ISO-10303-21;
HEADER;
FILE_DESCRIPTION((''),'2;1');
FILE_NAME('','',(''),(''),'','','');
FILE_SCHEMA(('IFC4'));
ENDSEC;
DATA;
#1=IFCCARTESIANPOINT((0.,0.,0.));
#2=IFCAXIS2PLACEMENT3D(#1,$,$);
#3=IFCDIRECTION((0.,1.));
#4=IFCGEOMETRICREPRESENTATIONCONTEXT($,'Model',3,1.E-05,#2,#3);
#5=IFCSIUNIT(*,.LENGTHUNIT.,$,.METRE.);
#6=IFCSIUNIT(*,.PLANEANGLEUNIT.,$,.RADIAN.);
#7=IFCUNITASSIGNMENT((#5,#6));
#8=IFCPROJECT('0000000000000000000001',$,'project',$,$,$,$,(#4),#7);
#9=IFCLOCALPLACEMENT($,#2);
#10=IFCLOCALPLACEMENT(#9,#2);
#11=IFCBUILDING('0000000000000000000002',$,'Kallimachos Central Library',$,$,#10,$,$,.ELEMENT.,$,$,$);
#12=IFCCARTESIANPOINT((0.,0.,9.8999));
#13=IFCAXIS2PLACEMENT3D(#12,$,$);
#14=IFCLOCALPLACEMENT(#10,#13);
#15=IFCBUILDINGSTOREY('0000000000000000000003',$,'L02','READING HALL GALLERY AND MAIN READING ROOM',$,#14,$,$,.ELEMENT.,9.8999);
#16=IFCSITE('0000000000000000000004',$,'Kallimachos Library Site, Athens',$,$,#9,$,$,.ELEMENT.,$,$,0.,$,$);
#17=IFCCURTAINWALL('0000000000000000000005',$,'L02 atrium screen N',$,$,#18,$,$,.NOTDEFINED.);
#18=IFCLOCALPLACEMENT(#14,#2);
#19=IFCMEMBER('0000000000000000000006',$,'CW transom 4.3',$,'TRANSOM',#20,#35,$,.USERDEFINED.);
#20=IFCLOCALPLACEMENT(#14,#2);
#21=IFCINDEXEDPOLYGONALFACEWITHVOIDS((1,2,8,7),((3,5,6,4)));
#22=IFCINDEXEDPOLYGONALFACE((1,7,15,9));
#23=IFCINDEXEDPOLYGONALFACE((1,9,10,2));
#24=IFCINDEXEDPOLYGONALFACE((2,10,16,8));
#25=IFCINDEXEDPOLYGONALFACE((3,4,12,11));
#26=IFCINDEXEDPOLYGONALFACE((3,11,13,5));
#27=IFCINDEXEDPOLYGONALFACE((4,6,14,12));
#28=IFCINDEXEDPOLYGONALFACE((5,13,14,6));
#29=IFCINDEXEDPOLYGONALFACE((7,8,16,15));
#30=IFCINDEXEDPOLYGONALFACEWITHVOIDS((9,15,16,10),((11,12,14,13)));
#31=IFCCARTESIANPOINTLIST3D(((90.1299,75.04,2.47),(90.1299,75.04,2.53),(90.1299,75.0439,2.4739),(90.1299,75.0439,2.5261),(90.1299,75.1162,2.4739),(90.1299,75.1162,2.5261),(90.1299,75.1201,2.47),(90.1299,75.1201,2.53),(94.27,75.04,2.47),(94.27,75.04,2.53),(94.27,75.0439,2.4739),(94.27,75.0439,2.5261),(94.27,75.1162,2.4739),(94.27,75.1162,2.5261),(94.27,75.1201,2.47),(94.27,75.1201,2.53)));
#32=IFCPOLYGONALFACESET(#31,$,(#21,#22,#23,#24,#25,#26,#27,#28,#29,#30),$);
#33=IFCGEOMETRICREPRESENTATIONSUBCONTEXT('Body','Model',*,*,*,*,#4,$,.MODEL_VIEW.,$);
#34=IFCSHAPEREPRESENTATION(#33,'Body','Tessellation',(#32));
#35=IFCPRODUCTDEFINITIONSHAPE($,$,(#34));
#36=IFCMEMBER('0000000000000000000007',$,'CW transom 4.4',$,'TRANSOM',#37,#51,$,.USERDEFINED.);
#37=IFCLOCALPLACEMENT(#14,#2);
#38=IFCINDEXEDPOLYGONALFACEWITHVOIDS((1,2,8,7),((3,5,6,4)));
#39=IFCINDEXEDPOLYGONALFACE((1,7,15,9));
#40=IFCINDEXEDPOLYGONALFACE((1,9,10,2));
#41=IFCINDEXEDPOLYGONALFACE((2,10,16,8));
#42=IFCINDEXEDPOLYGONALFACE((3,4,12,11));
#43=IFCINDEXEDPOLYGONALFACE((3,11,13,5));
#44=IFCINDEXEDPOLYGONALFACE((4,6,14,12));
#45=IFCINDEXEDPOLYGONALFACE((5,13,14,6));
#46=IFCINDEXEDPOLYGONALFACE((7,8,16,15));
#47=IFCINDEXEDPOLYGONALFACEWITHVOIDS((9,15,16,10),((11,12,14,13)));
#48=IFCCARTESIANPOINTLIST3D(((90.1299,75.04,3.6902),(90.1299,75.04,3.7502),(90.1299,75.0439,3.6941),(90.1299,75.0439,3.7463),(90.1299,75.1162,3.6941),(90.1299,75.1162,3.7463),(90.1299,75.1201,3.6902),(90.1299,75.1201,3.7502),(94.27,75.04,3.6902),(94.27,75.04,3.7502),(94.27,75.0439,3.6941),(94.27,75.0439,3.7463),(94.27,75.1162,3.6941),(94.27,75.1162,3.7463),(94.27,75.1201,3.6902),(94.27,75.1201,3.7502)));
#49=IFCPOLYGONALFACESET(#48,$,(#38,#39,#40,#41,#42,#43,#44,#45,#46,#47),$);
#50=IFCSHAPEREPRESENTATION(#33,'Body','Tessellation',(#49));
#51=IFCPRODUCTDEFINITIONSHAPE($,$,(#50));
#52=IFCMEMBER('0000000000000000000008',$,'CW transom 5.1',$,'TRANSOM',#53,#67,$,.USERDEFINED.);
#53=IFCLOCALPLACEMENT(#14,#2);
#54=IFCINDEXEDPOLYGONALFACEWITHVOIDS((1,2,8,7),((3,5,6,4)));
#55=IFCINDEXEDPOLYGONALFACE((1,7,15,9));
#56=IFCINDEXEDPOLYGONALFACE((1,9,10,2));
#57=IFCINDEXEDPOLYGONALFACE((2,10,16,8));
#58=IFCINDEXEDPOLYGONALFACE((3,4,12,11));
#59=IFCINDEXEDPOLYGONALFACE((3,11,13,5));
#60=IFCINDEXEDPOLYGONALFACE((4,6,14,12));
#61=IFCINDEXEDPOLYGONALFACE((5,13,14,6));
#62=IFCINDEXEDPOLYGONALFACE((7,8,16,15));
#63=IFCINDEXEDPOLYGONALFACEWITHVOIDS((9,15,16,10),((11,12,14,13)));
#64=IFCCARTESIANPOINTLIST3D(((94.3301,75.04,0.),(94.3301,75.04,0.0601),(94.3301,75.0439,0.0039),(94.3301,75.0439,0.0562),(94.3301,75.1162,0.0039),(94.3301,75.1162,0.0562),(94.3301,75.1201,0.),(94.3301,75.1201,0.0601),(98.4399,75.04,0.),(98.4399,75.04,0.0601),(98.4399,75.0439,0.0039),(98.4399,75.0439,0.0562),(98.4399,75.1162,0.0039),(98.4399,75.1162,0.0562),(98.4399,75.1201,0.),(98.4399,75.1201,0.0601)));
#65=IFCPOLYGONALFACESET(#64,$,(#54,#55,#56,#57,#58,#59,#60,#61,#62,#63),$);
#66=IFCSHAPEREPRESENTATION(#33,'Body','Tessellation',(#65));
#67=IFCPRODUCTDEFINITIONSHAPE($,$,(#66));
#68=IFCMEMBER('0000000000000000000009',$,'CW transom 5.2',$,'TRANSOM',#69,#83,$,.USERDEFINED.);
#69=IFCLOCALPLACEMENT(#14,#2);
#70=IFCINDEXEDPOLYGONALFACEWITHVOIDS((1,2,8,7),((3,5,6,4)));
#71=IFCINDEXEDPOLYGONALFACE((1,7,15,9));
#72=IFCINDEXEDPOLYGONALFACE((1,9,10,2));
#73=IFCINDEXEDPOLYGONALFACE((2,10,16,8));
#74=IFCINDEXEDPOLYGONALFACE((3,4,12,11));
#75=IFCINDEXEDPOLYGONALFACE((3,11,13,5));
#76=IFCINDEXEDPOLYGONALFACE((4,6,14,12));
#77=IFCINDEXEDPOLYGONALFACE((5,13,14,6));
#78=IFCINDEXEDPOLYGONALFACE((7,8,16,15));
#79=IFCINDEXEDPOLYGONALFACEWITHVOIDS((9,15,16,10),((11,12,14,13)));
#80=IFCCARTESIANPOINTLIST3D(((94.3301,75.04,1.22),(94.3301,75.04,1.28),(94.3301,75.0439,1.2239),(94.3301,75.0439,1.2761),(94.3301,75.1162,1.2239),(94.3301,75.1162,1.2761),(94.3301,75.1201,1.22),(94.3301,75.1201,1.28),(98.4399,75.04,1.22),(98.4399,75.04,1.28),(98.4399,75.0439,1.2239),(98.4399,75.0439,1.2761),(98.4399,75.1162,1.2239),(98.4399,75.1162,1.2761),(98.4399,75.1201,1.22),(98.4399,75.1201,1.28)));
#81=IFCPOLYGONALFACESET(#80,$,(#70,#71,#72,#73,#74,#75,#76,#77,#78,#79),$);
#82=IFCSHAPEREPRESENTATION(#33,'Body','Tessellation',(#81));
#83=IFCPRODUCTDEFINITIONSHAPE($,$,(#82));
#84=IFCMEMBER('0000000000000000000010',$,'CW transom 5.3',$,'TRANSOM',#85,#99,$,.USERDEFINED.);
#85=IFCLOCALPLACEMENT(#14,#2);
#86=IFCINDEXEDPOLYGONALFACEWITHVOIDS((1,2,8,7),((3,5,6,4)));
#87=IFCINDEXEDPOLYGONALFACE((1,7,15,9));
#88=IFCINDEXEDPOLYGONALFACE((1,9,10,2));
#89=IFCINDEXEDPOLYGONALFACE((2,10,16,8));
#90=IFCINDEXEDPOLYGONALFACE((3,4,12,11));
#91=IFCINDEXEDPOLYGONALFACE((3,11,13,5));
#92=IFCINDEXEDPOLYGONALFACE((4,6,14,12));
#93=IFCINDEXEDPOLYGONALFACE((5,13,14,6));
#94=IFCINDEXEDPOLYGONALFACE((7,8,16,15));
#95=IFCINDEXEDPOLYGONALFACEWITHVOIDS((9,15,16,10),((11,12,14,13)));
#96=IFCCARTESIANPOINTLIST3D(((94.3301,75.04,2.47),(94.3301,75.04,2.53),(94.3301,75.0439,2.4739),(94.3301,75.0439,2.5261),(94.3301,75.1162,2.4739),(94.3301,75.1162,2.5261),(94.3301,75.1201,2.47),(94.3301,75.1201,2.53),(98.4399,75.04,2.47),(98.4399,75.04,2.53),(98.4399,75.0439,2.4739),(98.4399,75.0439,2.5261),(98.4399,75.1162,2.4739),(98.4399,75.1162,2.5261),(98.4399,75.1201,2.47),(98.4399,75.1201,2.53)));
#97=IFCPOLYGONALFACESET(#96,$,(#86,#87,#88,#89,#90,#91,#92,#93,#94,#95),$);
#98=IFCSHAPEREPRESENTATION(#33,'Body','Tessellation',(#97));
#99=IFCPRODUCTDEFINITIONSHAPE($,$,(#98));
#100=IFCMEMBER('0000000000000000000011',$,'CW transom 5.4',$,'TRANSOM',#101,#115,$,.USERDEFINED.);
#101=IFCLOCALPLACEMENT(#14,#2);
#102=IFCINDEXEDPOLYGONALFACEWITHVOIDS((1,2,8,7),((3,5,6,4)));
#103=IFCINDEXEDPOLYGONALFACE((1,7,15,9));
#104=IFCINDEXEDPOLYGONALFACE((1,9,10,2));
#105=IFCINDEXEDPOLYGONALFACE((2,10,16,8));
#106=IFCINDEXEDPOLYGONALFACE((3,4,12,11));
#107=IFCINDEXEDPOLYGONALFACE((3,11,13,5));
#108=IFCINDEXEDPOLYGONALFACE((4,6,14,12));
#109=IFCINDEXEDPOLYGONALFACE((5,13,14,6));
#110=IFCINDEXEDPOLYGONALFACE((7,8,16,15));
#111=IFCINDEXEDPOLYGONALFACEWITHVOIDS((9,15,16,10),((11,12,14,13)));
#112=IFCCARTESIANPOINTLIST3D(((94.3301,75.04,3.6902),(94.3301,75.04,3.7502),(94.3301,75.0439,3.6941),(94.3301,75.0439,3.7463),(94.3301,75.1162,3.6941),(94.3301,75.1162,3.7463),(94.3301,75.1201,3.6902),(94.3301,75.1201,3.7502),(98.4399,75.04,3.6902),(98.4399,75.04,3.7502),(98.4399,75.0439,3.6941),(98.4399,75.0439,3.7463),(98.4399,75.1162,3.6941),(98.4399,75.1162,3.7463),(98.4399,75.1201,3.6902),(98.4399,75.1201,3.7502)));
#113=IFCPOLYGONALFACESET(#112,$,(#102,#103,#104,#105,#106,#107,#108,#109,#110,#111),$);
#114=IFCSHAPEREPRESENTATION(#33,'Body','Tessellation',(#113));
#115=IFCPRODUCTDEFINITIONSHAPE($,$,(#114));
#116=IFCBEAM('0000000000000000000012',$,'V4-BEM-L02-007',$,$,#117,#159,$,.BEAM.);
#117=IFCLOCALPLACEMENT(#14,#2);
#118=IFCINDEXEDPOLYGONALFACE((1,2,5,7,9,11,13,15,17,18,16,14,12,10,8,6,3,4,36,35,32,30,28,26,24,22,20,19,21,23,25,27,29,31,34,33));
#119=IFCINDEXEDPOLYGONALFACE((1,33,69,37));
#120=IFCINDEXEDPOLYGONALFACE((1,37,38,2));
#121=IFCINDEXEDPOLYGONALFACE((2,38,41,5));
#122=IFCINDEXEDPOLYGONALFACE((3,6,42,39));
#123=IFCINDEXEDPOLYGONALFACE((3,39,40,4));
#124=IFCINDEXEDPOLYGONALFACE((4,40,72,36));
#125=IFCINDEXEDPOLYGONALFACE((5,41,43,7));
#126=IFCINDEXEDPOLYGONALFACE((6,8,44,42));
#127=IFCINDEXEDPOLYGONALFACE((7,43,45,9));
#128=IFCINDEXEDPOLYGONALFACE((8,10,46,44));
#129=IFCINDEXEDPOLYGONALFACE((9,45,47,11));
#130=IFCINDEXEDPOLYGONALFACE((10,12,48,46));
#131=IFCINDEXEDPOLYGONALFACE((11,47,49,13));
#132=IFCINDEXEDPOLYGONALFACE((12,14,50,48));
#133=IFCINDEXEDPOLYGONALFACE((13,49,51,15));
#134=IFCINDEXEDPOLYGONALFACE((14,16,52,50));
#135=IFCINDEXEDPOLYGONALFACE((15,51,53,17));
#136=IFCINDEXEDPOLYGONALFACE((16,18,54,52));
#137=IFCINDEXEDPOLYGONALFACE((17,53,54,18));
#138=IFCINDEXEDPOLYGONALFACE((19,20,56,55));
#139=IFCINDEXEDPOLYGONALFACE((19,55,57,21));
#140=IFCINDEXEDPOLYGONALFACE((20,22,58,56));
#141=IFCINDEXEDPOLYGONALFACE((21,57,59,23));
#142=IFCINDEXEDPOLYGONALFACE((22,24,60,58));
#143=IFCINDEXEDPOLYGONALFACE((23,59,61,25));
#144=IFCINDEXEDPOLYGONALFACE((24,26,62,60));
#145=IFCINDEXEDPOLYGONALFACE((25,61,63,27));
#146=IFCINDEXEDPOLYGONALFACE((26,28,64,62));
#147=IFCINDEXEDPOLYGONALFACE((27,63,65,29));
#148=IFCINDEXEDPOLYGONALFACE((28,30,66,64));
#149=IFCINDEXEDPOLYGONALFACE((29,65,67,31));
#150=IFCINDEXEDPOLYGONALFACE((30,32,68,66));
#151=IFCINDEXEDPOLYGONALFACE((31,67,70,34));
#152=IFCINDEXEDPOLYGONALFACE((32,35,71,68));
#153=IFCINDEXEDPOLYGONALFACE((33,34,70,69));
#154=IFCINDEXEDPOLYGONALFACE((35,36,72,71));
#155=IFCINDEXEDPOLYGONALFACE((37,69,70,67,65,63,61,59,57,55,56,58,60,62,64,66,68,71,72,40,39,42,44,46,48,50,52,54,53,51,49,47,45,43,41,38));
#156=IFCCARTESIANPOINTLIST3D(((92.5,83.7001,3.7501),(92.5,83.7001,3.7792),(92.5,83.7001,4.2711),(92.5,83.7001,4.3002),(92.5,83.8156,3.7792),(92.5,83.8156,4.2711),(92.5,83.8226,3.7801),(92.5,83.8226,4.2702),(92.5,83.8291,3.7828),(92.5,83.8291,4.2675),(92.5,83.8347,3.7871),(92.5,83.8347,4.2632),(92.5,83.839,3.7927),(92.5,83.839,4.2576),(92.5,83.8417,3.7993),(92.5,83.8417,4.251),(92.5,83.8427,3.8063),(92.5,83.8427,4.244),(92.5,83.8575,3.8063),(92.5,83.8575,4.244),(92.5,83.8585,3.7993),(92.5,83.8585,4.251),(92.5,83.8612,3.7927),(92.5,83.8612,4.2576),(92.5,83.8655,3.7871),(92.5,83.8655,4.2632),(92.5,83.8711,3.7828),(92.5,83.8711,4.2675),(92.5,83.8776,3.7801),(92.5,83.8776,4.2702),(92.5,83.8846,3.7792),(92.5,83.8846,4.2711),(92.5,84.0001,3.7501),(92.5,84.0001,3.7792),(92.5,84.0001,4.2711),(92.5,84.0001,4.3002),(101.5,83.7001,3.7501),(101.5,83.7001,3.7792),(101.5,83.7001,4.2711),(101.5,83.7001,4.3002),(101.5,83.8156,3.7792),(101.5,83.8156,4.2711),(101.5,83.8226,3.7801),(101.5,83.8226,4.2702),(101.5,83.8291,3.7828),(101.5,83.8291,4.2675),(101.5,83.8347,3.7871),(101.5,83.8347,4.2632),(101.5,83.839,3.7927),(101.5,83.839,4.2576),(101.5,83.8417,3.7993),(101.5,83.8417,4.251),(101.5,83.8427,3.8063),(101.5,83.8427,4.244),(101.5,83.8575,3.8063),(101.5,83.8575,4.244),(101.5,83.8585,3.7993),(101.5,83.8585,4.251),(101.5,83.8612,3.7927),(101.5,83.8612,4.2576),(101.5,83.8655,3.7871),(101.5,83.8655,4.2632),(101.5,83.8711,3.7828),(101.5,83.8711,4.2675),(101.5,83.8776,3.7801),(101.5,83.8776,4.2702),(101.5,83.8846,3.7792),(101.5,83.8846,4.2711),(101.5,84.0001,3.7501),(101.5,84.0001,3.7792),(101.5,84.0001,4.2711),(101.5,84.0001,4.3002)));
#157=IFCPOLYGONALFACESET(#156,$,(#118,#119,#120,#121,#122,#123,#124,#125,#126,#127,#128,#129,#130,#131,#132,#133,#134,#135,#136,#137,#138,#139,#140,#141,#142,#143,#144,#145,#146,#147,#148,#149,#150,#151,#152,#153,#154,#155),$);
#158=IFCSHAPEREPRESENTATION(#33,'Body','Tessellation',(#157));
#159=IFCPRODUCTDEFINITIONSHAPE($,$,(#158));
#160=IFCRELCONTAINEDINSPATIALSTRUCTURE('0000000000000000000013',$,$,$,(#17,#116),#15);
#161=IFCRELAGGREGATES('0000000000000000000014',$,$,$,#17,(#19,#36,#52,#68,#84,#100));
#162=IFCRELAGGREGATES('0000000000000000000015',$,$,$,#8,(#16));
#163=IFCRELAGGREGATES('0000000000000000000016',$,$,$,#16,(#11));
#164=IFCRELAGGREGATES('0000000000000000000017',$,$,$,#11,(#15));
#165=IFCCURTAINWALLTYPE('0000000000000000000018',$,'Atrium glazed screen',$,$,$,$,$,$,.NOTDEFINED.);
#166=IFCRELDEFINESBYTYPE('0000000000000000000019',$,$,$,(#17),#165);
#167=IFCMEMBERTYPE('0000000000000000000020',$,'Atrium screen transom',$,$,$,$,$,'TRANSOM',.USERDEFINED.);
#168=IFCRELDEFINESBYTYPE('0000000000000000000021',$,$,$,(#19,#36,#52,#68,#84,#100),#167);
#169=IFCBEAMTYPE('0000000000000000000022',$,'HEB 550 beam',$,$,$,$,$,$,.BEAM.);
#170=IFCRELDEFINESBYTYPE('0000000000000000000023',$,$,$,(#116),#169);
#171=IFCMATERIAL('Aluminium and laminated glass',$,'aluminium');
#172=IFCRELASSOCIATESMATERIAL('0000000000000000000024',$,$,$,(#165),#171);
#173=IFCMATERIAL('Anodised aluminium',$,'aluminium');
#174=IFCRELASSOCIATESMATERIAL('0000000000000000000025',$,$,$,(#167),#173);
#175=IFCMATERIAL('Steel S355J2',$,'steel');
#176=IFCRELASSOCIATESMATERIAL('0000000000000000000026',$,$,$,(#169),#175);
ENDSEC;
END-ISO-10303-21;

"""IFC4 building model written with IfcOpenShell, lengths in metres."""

from ifc_helpers import new_model, si_unit, direction, frame, origin, origin_2d, place, context, subcontext, project, spatial, hollow_rectangle, i_section, extrude, material, material_profile, profile_set, type_object, element, aggregate, save


model = new_model("IFC4")

# Units and contexts
model_context = context("Model", 3, precision=1e-05, world=origin(), true_north=direction((0.0, 1.0)))
body_context = subcontext(model_context, "Body", "Model", "MODEL_VIEW")
ifc_project = project(units=[si_unit("LENGTHUNIT", "METRE"), si_unit("PLANEANGLEUNIT", "RADIAN")], contexts=[model_context])

# Site, building, storey
site_placement = place(None, origin())
site = spatial("IfcSite", under=ifc_project, at=site_placement, Name="Kallimachos Library Site, Athens", CompositionType="ELEMENT", RefElevation=0.0)
building_placement = place(site_placement, origin())
building = spatial("IfcBuilding", under=site, at=building_placement, Name="Kallimachos Central Library", CompositionType="ELEMENT")
storey_placement = place(building_placement, frame((0.0, 0.0, 9.8999)))
storey = spatial("IfcBuildingStorey", under=building, at=storey_placement, Name="L02", Description="READING HALL GALLERY AND MAIN READING ROOM", CompositionType="ELEMENT", Elevation=9.8999)

# Curtain wall, members
ifc_material_1 = material(Name="Aluminium and laminated glass", Category="aluminium")
curtain_wall_type_1 = type_object("IfcCurtainWallType", Name="Atrium glazed screen", PredefinedType="NOTDEFINED", material=ifc_material_1)
curtain_wall_1_placement = place(storey_placement, origin())
curtain_wall_1 = element("IfcCurtainWall", 1, at=curtain_wall_1_placement, inside=storey, type_object=curtain_wall_type_1, Name="L02 atrium screen N", PredefinedType="NOTDEFINED")
ifc_material_2 = material(Name="Anodised aluminium", Category="aluminium")
ifc_material_profile_1 = material_profile(ifc_material_2, hollow_rectangle(XDim=0.0601, YDim=0.0801, WallThickness=0.0039, at=origin_2d()), Name="ALU TRANSOM 60x80")
ifc_profile_set_1 = profile_set([ifc_material_profile_1], Name="Anodised aluminium")
member_type_1 = type_object("IfcMemberType", Name="Atrium screen transom", ElementType="TRANSOM", PredefinedType="USERDEFINED", material=ifc_profile_set_1)
member_1_placement = place(storey_placement, frame((90.1299, 75.0801, 2.5), z_axis=(1.0, 0.0, 0.0), x_axis=(0.0, 0.0, 1.0)))
member_1 = element("IfcMember", 2, at=member_1_placement, type_object=member_type_1, Name="CW transom 4.3", ObjectType="TRANSOM", PredefinedType="USERDEFINED", context=body_context, shape_type="SweptSolid", body=[
    extrude(hollow_rectangle(XDim=0.0601, YDim=0.0801, WallThickness=0.0039, at=origin_2d()), origin(), (0.0, 0.0, 1.0), 4.1401),
])
member_2_placement = place(storey_placement, frame((90.1299, 75.0801, 3.7202), z_axis=(1.0, 0.0, 0.0), x_axis=(0.0, 0.0, 1.0)))
member_2 = element("IfcMember", 3, at=member_2_placement, type_object=member_type_1, Name="CW transom 4.4", ObjectType="TRANSOM", PredefinedType="USERDEFINED", context=body_context, shape_type="SweptSolid", body=[
    extrude(hollow_rectangle(XDim=0.0601, YDim=0.0801, WallThickness=0.0039, at=origin_2d()), origin(), (0.0, 0.0, 1.0), 4.1401),
])
member_3_placement = place(storey_placement, frame((94.3301, 75.0801, 0.03), z_axis=(1.0, 0.0, 0.0), x_axis=(0.0, 0.0, 1.0)))
member_3 = element("IfcMember", 4, at=member_3_placement, type_object=member_type_1, Name="CW transom 5.1", ObjectType="TRANSOM", PredefinedType="USERDEFINED", context=body_context, shape_type="SweptSolid", body=[
    extrude(hollow_rectangle(XDim=0.0601, YDim=0.0801, WallThickness=0.0039, at=origin_2d()), origin(), (0.0, 0.0, 1.0), 4.1099),
])
member_4_placement = place(storey_placement, frame((94.3301, 75.0801, 1.25), z_axis=(1.0, 0.0, 0.0), x_axis=(0.0, 0.0, 1.0)))
member_4 = element("IfcMember", 5, at=member_4_placement, type_object=member_type_1, Name="CW transom 5.2", ObjectType="TRANSOM", PredefinedType="USERDEFINED", context=body_context, shape_type="SweptSolid", body=[
    extrude(hollow_rectangle(XDim=0.0601, YDim=0.0801, WallThickness=0.0039, at=origin_2d()), origin(), (0.0, 0.0, 1.0), 4.1099),
])
member_5_placement = place(storey_placement, frame((94.3301, 75.0801, 2.5), z_axis=(1.0, 0.0, 0.0), x_axis=(0.0, 0.0, 1.0)))
member_5 = element("IfcMember", 6, at=member_5_placement, type_object=member_type_1, Name="CW transom 5.3", ObjectType="TRANSOM", PredefinedType="USERDEFINED", context=body_context, shape_type="SweptSolid", body=[
    extrude(hollow_rectangle(XDim=0.0601, YDim=0.0801, WallThickness=0.0039, at=origin_2d()), origin(), (0.0, 0.0, 1.0), 4.1099),
])
member_6_placement = place(storey_placement, frame((94.3301, 75.0801, 3.7202), z_axis=(1.0, 0.0, 0.0), x_axis=(0.0, 0.0, 1.0)))
member_6 = element("IfcMember", 7, at=member_6_placement, type_object=member_type_1, Name="CW transom 5.4", ObjectType="TRANSOM", PredefinedType="USERDEFINED", context=body_context, shape_type="SweptSolid", body=[
    extrude(hollow_rectangle(XDim=0.0601, YDim=0.0801, WallThickness=0.0039, at=origin_2d()), origin(), (0.0, 0.0, 1.0), 4.1099),
])

# Beam
ifc_material_3 = material(Name="Steel S355J2", Category="steel")
ifc_material_profile_2 = material_profile(ifc_material_3, i_section(OverallWidth=0.3, OverallDepth=0.55, WebThickness=0.0149, FlangeThickness=0.0291, FilletRadius=0.0271, at=origin_2d()), Name="HEB 550")
ifc_profile_set_2 = profile_set([ifc_material_profile_2], Name="Steel S355J2")
beam_type_1 = type_object("IfcBeamType", Name="HEB 550 beam", PredefinedType="BEAM", material=ifc_profile_set_2)
beam_placement = place(storey_placement, frame((92.5, 83.8501, 4.0251), z_axis=(1.0, 0.0, 0.0), x_axis=(0.0, 1.0, 0.0)))
element("IfcBeam", 8, at=beam_placement, inside=storey, type_object=beam_type_1, Name="V4-BEM-L02-007", PredefinedType="BEAM", context=body_context, shape_type="SweptSolid", body=[
    extrude(i_section(OverallWidth=0.3, OverallDepth=0.55, WebThickness=0.0149, FlangeThickness=0.0291, FilletRadius=0.0271, at=origin_2d()), origin(), (0.0, 0.0, 1.0), 9.0),
])

aggregate(curtain_wall_1, [member_1, member_2, member_3, member_4, member_5, member_6])

save(model, "model.ifc")
